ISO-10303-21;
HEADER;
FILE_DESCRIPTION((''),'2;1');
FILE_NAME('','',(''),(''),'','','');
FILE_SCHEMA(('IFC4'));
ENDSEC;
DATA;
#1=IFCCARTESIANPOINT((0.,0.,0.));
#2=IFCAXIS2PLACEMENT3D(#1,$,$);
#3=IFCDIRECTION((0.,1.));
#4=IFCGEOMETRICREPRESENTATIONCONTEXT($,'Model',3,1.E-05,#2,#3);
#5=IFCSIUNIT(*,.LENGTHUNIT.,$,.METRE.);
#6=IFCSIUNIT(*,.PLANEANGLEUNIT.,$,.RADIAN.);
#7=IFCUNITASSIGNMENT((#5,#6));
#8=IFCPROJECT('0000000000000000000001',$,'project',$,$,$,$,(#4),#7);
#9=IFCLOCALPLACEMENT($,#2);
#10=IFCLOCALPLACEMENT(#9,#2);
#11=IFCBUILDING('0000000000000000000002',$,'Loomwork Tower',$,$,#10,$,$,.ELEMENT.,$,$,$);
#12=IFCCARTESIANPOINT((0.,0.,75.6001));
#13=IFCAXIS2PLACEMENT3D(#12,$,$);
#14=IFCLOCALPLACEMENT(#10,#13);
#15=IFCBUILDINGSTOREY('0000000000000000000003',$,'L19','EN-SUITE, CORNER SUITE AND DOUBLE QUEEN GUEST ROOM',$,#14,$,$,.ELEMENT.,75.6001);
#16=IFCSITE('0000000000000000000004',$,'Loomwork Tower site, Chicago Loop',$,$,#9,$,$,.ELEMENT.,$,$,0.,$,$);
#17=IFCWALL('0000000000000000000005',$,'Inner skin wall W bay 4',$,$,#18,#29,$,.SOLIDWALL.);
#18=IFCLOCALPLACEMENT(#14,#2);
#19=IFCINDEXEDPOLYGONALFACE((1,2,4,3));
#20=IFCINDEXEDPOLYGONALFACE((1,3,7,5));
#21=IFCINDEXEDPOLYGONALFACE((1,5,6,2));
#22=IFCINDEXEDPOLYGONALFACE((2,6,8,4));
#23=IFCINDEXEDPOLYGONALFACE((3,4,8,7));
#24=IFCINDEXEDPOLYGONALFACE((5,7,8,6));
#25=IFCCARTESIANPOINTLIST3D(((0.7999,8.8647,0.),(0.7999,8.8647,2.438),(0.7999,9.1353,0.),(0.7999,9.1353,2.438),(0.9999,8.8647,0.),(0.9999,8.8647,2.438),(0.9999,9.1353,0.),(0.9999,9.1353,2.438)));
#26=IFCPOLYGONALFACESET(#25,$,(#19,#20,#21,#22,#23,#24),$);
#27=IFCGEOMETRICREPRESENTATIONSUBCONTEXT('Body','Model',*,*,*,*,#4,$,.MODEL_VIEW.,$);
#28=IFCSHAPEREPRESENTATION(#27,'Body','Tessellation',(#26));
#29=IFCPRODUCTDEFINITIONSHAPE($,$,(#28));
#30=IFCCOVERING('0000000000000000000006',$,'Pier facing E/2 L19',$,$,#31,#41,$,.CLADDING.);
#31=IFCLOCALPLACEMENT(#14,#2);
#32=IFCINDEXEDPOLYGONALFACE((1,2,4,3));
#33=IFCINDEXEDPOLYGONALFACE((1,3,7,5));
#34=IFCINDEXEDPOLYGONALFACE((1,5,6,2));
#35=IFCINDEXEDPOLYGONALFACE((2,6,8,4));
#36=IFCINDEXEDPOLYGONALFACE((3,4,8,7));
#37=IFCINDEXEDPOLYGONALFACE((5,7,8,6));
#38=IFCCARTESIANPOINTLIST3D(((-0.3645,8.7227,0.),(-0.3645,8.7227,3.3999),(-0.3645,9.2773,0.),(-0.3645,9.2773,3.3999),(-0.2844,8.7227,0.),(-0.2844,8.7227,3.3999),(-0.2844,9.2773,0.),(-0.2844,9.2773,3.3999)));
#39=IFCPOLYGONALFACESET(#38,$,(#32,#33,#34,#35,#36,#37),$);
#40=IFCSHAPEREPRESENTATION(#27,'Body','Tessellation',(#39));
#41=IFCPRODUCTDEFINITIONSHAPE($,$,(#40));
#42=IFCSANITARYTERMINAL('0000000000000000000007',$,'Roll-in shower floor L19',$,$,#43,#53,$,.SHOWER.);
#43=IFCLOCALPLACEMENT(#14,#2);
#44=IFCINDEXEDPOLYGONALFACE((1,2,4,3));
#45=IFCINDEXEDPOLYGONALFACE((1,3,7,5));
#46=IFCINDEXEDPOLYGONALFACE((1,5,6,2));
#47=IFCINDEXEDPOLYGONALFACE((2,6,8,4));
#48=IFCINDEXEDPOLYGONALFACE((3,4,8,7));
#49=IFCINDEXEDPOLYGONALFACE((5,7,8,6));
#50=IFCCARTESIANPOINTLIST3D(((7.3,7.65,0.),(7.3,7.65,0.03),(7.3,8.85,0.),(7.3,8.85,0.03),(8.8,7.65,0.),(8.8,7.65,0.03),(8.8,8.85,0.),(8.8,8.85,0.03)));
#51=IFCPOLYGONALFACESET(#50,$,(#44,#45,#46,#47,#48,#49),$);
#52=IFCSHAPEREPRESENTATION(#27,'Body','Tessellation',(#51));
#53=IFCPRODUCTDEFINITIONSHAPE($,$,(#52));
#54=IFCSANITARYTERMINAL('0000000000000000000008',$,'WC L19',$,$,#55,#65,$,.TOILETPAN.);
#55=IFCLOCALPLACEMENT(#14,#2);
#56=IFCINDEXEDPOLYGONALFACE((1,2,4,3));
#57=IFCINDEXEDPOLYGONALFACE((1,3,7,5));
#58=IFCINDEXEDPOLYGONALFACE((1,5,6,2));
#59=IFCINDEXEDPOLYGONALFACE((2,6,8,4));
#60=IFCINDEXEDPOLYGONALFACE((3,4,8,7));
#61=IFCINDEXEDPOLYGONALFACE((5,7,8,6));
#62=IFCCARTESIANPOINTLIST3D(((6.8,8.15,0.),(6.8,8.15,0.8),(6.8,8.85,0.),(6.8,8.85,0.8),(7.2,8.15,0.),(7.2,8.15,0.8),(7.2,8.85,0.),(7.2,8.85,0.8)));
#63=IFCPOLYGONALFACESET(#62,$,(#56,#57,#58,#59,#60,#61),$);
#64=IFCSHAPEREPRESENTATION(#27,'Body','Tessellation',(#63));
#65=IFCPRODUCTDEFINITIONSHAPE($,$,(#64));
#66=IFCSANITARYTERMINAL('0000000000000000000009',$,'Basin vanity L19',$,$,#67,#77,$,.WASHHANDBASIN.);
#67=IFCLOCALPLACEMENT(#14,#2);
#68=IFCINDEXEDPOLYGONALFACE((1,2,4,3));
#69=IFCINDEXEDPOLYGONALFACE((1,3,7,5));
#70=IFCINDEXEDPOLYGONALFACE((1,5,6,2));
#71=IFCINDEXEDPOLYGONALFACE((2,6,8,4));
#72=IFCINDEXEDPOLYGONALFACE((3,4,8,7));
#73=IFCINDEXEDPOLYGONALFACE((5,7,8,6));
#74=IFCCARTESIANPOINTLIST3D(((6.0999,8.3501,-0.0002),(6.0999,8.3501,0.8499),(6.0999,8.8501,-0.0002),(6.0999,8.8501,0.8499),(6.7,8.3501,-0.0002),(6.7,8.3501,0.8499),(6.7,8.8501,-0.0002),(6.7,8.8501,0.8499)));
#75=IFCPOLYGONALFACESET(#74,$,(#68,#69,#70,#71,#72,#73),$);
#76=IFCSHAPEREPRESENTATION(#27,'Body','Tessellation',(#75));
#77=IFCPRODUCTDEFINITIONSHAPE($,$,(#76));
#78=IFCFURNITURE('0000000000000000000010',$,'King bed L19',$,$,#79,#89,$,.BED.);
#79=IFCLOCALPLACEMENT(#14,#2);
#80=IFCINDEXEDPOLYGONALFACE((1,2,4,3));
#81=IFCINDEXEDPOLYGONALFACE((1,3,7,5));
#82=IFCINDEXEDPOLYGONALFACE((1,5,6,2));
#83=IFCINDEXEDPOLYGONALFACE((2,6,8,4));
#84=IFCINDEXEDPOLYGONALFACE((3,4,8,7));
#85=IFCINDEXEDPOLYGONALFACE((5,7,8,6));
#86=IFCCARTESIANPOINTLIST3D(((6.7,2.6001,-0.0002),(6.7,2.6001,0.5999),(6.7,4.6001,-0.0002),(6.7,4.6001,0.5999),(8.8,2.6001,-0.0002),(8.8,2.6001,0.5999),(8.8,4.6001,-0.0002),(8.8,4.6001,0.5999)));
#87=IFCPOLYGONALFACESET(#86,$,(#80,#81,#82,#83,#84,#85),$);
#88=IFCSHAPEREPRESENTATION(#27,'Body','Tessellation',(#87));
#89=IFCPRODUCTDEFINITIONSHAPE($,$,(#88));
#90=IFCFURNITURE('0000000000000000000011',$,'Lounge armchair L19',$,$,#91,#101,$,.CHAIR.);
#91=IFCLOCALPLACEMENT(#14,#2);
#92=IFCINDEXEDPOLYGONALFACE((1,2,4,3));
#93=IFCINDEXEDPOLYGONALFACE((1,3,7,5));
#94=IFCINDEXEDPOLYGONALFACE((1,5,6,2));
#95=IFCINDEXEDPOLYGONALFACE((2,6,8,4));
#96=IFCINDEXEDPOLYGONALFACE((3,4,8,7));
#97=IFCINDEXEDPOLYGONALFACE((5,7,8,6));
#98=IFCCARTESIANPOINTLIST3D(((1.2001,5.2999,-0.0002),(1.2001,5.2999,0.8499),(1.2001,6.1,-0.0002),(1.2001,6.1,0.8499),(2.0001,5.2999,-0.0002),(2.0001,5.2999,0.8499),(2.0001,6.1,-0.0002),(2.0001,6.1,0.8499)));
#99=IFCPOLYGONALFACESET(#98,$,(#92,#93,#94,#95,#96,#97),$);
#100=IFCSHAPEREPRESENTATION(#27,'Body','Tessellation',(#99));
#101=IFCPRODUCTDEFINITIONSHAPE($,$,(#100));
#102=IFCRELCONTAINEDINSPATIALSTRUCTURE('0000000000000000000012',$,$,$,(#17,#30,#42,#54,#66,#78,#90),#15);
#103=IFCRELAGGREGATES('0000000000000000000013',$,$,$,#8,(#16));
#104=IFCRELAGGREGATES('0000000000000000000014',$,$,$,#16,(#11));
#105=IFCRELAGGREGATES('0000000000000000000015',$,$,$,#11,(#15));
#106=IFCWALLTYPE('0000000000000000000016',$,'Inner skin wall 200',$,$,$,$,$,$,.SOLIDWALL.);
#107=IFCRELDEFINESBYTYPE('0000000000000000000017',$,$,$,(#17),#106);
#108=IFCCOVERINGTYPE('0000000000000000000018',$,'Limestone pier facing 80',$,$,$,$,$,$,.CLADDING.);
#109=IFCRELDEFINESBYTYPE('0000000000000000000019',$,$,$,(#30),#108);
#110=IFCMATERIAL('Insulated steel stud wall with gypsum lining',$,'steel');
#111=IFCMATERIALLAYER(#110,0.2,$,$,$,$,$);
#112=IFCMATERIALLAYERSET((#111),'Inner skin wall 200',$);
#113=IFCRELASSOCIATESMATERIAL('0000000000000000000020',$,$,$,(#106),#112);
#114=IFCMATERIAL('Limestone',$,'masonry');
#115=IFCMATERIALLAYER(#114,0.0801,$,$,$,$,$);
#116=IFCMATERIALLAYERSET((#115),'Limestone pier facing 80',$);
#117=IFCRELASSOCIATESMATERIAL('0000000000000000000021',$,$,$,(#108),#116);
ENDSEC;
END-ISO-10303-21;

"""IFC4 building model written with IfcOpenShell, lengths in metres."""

from ifc_helpers import new_model, si_unit, direction, frame, frame_2d, origin, origin_2d, place, context, subcontext, project, spatial, rectangle, extrude, material, layer, layer_set, type_object, element, save


model = new_model("IFC4")

# Units and contexts
model_context = context("Model", 3, precision=1e-05, world=origin(), true_north=direction((0.0, 1.0)))
body_context = subcontext(model_context, "Body", "Model", "MODEL_VIEW")
ifc_project = project(units=[si_unit("LENGTHUNIT", "METRE"), si_unit("PLANEANGLEUNIT", "RADIAN")], contexts=[model_context])

# Site, building, storey
site_placement = place(None, origin())
site = spatial("IfcSite", under=ifc_project, at=site_placement, Name="Loomwork Tower site, Chicago Loop", CompositionType="ELEMENT", RefElevation=0.0)
building_placement = place(site_placement, origin())
building = spatial("IfcBuilding", under=site, at=building_placement, Name="Loomwork Tower", CompositionType="ELEMENT")
storey_placement = place(building_placement, frame((0.0, 0.0, 75.6001)))
storey = spatial("IfcBuildingStorey", under=building, at=storey_placement, Name="L19", Description="EN-SUITE, CORNER SUITE AND DOUBLE QUEEN GUEST ROOM", CompositionType="ELEMENT", Elevation=75.6001)

# Wall
ifc_material_1 = material(Name="Insulated steel stud wall with gypsum lining", Category="steel")
ifc_layer_1 = layer(ifc_material_1, 0.2)
ifc_layer_set_1 = layer_set([ifc_layer_1], Name="Inner skin wall 200")
wall_type_1 = type_object("IfcWallType", Name="Inner skin wall 200", PredefinedType="SOLIDWALL", material=ifc_layer_set_1)
wall_1_placement = place(storey_placement, frame((0.8999, 8.8647, 0.0), z_axis=(0.0, 0.0, 1.0), x_axis=(0.0, 1.0, 0.0)))
element("IfcWall", 1, at=wall_1_placement, inside=storey, type_object=wall_type_1, Name="Inner skin wall W bay 4", PredefinedType="SOLIDWALL", context=body_context, shape_type="SweptSolid", body=[
    extrude(rectangle(XDim=0.2705, YDim=0.2, at=frame_2d((0.1353, 0.0))), origin(), (0.0, 0.0, 1.0), 2.438),
])

# Covering
ifc_material_2 = material(Name="Limestone", Category="masonry")
ifc_layer_2 = layer(ifc_material_2, 0.0801)
ifc_layer_set_2 = layer_set([ifc_layer_2], Name="Limestone pier facing 80")
covering_type = type_object("IfcCoveringType", Name="Limestone pier facing 80", PredefinedType="CLADDING", material=ifc_layer_set_2)
covering_placement = place(storey_placement, frame((-0.3245, 9.0, 0.0), z_axis=(0.0, 0.0, 1.0), x_axis=(1.0, 0.0, 0.0)))
element("IfcCovering", 2, at=covering_placement, inside=storey, type_object=covering_type, Name="Pier facing E/2 L19", PredefinedType="CLADDING", context=body_context, shape_type="SweptSolid", body=[
    extrude(rectangle(XDim=0.0801, YDim=0.5547, at=origin_2d()), origin(), (0.0, 0.0, 1.0), 3.3999),
])

# Sanitary terminals
sanitary_terminal_1_placement = place(storey_placement, frame((8.05, 8.25, 0.0), z_axis=(0.0, 0.0, 1.0), x_axis=(1.0, 0.0, 0.0)))
element("IfcSanitaryTerminal", 3, at=sanitary_terminal_1_placement, inside=storey, Name="Roll-in shower floor L19", PredefinedType="SHOWER", context=body_context, shape_type="SweptSolid", body=[
    extrude(rectangle(XDim=1.5, YDim=1.2, at=origin_2d()), origin(), (0.0, 0.0, 1.0), 0.03),
])
sanitary_terminal_2_placement = place(storey_placement, frame((7.0, 8.5, 0.0), z_axis=(0.0, 0.0, 1.0), x_axis=(1.0, 0.0, 0.0)))
element("IfcSanitaryTerminal", 4, at=sanitary_terminal_2_placement, inside=storey, Name="WC L19", PredefinedType="TOILETPAN", context=body_context, shape_type="SweptSolid", body=[
    extrude(rectangle(XDim=0.3999, YDim=0.7, at=origin_2d()), origin(), (0.0, 0.0, 1.0), 0.8),
])
sanitary_terminal_3_placement = place(storey_placement, frame((6.3999, 8.6001, -0.0002), z_axis=(0.0, 0.0, 1.0), x_axis=(1.0, 0.0, 0.0)))
element("IfcSanitaryTerminal", 5, at=sanitary_terminal_3_placement, inside=storey, Name="Basin vanity L19", PredefinedType="WASHHANDBASIN", context=body_context, shape_type="SweptSolid", body=[
    extrude(rectangle(XDim=0.6001, YDim=0.5, at=origin_2d()), origin(), (0.0, 0.0, 1.0), 0.8501),
])

# Furniture
furniture_1_placement = place(storey_placement, frame((7.75, 3.6001, -0.0002), z_axis=(0.0, 0.0, 1.0), x_axis=(1.0, 0.0, 0.0)))
element("IfcFurniture", 6, at=furniture_1_placement, inside=storey, Name="King bed L19", PredefinedType="BED", context=body_context, shape_type="SweptSolid", body=[
    extrude(rectangle(XDim=2.1001, YDim=2.0, at=origin_2d()), origin(), (0.0, 0.0, 1.0), 0.6001),
])
furniture_2_placement = place(storey_placement, frame((1.6001, 5.7, -0.0002), z_axis=(0.0, 0.0, 1.0), x_axis=(1.0, 0.0, 0.0)))
element("IfcFurniture", 7, at=furniture_2_placement, inside=storey, Name="Lounge armchair L19", PredefinedType="CHAIR", context=body_context, shape_type="SweptSolid", body=[
    extrude(rectangle(XDim=0.8, YDim=0.8, at=origin_2d()), origin(), (0.0, 0.0, 1.0), 0.8501),
])

save(model, "model.ifc")
